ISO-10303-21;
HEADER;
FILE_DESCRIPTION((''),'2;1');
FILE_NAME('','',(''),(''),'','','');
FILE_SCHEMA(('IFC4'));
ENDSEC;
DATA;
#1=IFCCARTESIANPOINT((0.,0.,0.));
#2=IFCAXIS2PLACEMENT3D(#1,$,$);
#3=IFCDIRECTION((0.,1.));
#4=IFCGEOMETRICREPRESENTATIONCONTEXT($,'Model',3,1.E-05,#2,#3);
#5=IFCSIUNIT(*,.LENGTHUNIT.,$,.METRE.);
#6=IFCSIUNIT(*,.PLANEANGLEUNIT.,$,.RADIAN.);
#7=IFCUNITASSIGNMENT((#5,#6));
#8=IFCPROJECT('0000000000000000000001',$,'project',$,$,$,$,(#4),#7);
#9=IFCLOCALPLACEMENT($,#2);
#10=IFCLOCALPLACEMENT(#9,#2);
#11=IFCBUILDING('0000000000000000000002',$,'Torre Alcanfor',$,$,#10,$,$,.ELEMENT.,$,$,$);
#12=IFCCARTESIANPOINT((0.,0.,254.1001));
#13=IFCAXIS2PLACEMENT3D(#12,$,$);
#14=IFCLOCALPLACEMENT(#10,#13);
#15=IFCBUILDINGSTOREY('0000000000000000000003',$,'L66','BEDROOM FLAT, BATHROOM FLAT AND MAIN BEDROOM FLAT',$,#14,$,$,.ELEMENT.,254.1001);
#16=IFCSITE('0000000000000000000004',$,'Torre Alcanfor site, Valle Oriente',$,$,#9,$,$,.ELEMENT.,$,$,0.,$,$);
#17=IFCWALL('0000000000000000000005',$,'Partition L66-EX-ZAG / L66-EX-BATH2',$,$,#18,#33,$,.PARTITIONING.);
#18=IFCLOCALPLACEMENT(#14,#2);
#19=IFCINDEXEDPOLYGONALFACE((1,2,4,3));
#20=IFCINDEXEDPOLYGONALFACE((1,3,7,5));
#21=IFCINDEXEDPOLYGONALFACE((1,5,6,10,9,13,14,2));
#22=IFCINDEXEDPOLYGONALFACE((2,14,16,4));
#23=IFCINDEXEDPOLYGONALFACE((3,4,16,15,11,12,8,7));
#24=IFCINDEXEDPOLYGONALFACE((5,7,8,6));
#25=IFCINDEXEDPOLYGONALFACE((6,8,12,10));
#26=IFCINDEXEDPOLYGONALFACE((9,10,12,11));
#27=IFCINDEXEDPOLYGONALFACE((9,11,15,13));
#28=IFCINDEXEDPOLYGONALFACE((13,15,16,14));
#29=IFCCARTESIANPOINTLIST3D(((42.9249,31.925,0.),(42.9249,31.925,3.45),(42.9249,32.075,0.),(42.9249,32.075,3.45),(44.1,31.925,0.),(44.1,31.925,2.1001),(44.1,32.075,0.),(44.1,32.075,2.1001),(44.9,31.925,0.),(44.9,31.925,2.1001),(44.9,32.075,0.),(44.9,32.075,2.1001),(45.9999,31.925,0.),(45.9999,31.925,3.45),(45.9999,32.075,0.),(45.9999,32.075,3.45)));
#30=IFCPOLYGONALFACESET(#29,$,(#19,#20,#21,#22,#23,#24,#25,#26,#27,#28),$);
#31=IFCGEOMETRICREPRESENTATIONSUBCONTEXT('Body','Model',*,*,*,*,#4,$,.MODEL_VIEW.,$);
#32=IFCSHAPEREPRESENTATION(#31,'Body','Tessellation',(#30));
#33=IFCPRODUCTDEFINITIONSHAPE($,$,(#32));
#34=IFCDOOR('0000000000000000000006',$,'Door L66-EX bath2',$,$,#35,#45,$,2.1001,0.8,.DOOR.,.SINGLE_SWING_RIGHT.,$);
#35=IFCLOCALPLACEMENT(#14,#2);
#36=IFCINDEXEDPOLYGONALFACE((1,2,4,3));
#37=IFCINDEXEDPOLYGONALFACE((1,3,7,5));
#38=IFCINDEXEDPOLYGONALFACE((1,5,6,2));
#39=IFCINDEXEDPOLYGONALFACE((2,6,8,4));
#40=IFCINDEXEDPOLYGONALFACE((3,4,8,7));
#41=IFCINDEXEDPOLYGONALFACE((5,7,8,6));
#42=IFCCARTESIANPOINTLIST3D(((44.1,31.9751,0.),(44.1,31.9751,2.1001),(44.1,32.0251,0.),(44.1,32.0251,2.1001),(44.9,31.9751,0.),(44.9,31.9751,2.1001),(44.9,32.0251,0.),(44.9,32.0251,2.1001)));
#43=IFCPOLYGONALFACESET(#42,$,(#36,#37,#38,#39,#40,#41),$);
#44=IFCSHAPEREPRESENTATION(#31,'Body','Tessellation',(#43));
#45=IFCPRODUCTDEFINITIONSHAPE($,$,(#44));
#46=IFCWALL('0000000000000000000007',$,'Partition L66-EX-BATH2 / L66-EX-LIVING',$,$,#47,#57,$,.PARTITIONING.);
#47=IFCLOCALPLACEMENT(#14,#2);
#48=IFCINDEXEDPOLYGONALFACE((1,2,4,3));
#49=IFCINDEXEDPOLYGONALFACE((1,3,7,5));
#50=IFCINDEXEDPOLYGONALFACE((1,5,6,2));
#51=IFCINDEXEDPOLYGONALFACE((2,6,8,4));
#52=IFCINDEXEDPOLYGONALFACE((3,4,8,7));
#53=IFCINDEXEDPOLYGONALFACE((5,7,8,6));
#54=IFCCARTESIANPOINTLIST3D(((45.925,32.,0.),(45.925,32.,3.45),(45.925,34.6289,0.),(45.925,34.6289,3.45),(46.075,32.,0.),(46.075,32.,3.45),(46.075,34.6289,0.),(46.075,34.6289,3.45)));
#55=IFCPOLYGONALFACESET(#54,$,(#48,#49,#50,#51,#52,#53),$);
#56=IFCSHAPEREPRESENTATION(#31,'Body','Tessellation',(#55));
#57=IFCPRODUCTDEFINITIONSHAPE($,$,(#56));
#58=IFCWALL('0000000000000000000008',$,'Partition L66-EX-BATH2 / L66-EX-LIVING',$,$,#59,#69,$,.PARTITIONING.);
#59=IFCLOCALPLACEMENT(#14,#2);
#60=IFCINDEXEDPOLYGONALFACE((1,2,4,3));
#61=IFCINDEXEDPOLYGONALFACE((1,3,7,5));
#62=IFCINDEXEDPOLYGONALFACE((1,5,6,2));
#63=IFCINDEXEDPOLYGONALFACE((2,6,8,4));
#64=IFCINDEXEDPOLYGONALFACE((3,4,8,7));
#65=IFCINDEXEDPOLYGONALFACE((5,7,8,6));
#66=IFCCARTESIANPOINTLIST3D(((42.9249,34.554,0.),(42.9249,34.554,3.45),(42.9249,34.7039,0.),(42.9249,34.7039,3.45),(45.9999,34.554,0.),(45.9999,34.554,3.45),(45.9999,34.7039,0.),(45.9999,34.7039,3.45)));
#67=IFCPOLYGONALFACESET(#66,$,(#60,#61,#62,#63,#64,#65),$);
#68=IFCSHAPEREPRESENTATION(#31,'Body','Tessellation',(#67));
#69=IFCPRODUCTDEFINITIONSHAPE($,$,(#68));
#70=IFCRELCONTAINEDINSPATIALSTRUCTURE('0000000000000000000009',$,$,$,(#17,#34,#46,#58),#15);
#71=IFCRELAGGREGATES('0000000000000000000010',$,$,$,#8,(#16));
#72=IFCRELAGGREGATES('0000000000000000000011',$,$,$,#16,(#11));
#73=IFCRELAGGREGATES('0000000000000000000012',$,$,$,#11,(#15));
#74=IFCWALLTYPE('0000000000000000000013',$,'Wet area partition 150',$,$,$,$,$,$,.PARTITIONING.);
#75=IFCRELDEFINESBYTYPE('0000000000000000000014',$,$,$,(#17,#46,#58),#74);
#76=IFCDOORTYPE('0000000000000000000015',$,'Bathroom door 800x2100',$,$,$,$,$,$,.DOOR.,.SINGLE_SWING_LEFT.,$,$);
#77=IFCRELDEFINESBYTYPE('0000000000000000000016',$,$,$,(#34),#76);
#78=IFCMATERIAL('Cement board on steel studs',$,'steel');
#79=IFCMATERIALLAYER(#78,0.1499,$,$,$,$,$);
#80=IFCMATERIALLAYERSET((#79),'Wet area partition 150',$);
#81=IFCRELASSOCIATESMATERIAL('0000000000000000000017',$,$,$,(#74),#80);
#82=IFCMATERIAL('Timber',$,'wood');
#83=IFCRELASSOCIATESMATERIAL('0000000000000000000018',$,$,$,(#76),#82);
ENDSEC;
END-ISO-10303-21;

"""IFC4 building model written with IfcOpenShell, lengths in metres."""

from ifc_helpers import new_model, si_unit, direction, frame, frame_2d, origin, place, context, subcontext, project, spatial, rectangle, extrude, material, layer, layer_set, type_object, element, fill, save


model = new_model("IFC4")

# Units and contexts
model_context = context("Model", 3, precision=1e-05, world=origin(), true_north=direction((0.0, 1.0)))
body_context = subcontext(model_context, "Body", "Model", "MODEL_VIEW")
ifc_project = project(units=[si_unit("LENGTHUNIT", "METRE"), si_unit("PLANEANGLEUNIT", "RADIAN")], contexts=[model_context])

# Site, building, storey
site_placement = place(None, origin())
site = spatial("IfcSite", under=ifc_project, at=site_placement, Name="Torre Alcanfor site, Valle Oriente", CompositionType="ELEMENT", RefElevation=0.0)
building_placement = place(site_placement, origin())
building = spatial("IfcBuilding", under=site, at=building_placement, Name="Torre Alcanfor", CompositionType="ELEMENT")
storey_placement = place(building_placement, frame((0.0, 0.0, 254.1001)))
storey = spatial("IfcBuildingStorey", under=building, at=storey_placement, Name="L66", Description="BEDROOM FLAT, BATHROOM FLAT AND MAIN BEDROOM FLAT", CompositionType="ELEMENT", Elevation=254.1001)

# Wall, opening, door
ifc_material_1 = material(Name="Cement board on steel studs", Category="steel")
ifc_layer_1 = layer(ifc_material_1, 0.1499)
ifc_layer_set_1 = layer_set([ifc_layer_1], Name="Wet area partition 150")
wall_type_1 = type_object("IfcWallType", Name="Wet area partition 150", PredefinedType="PARTITIONING", material=ifc_layer_set_1)
wall_1_placement = place(storey_placement, frame((46.0, 32.0, 0.0), z_axis=(0.0, 0.0, 1.0), x_axis=(-1.0, 0.0, 0.0)))
wall_1 = element("IfcWall", 1, at=wall_1_placement, inside=storey, type_object=wall_type_1, Name="Partition L66-EX-ZAG / L66-EX-BATH2", PredefinedType="PARTITIONING", context=body_context, shape_type="SweptSolid", body=[
    extrude(rectangle(XDim=3.075, YDim=0.1499, at=frame_2d((1.5376, 0.0))), origin(), (0.0, 0.0, 1.0), 3.45),
])
opening_1_placement = place(wall_1_placement, frame((1.1001, 0.0, 0.0)))
opening_1 = element("IfcOpeningElement", 2, at=opening_1_placement, cuts=wall_1, PredefinedType="OPENING", context=body_context, shape_type="SweptSolid", body=[
    extrude(rectangle(XDim=0.8, YDim=2.1001, at=frame_2d((0.3999, 1.05))), frame((0.0, 0.085, 0.0), z_axis=(0.0, -1.0, 0.0), x_axis=(1.0, 0.0, 0.0)), (0.0, 0.0, 1.0), 0.1699),
])
ifc_material_2 = material(Name="Timber", Category="wood")
door_type_1 = type_object("IfcDoorType", Name="Bathroom door 800x2100", OperationType="SINGLE_SWING_LEFT", PredefinedType="DOOR", material=ifc_material_2)
door_1_placement = place(opening_1_placement, frame((0.8, 0.0, 0.0), z_axis=(0.0, 0.0, 1.0), x_axis=(-1.0, 0.0, 0.0)))
door_1 = element("IfcDoor", 3, at=door_1_placement, inside=storey, type_object=door_type_1, Name="Door L66-EX bath2", OperationType="SINGLE_SWING_RIGHT", OverallHeight=2.1001, OverallWidth=0.8, PredefinedType="DOOR", context=body_context, shape_type="SweptSolid", body=[
    extrude(rectangle(XDim=0.8, YDim=2.1001, at=frame_2d((0.4001, 1.05))), frame((0.0, 0.0251, 0.0), z_axis=(0.0, -1.0, 0.0), x_axis=(1.0, 0.0, 0.0)), (0.0, 0.0, 1.0), 0.05),
])
fill(opening_1, door_1)

# Walls
wall_2_placement = place(storey_placement, frame((46.0, 32.0, 0.0), z_axis=(0.0, 0.0, 1.0), x_axis=(0.0, 1.0, 0.0)))
element("IfcWall", 4, at=wall_2_placement, inside=storey, type_object=wall_type_1, Name="Partition L66-EX-BATH2 / L66-EX-LIVING", PredefinedType="PARTITIONING", context=body_context, shape_type="SweptSolid", body=[
    extrude(rectangle(XDim=2.6289, YDim=0.1499, at=frame_2d((1.3145, 0.0))), origin(), (0.0, 0.0, 1.0), 3.45),
])
wall_3_placement = place(storey_placement, frame((46.0, 34.6289, 0.0), z_axis=(0.0, 0.0, 1.0), x_axis=(-1.0, 0.0, 0.0)))
element("IfcWall", 5, at=wall_3_placement, inside=storey, type_object=wall_type_1, Name="Partition L66-EX-BATH2 / L66-EX-LIVING", PredefinedType="PARTITIONING", context=body_context, shape_type="SweptSolid", body=[
    extrude(rectangle(XDim=3.075, YDim=0.1499, at=frame_2d((1.5376, 0.0))), origin(), (0.0, 0.0, 1.0), 3.45),
])

save(model, "model.ifc")
